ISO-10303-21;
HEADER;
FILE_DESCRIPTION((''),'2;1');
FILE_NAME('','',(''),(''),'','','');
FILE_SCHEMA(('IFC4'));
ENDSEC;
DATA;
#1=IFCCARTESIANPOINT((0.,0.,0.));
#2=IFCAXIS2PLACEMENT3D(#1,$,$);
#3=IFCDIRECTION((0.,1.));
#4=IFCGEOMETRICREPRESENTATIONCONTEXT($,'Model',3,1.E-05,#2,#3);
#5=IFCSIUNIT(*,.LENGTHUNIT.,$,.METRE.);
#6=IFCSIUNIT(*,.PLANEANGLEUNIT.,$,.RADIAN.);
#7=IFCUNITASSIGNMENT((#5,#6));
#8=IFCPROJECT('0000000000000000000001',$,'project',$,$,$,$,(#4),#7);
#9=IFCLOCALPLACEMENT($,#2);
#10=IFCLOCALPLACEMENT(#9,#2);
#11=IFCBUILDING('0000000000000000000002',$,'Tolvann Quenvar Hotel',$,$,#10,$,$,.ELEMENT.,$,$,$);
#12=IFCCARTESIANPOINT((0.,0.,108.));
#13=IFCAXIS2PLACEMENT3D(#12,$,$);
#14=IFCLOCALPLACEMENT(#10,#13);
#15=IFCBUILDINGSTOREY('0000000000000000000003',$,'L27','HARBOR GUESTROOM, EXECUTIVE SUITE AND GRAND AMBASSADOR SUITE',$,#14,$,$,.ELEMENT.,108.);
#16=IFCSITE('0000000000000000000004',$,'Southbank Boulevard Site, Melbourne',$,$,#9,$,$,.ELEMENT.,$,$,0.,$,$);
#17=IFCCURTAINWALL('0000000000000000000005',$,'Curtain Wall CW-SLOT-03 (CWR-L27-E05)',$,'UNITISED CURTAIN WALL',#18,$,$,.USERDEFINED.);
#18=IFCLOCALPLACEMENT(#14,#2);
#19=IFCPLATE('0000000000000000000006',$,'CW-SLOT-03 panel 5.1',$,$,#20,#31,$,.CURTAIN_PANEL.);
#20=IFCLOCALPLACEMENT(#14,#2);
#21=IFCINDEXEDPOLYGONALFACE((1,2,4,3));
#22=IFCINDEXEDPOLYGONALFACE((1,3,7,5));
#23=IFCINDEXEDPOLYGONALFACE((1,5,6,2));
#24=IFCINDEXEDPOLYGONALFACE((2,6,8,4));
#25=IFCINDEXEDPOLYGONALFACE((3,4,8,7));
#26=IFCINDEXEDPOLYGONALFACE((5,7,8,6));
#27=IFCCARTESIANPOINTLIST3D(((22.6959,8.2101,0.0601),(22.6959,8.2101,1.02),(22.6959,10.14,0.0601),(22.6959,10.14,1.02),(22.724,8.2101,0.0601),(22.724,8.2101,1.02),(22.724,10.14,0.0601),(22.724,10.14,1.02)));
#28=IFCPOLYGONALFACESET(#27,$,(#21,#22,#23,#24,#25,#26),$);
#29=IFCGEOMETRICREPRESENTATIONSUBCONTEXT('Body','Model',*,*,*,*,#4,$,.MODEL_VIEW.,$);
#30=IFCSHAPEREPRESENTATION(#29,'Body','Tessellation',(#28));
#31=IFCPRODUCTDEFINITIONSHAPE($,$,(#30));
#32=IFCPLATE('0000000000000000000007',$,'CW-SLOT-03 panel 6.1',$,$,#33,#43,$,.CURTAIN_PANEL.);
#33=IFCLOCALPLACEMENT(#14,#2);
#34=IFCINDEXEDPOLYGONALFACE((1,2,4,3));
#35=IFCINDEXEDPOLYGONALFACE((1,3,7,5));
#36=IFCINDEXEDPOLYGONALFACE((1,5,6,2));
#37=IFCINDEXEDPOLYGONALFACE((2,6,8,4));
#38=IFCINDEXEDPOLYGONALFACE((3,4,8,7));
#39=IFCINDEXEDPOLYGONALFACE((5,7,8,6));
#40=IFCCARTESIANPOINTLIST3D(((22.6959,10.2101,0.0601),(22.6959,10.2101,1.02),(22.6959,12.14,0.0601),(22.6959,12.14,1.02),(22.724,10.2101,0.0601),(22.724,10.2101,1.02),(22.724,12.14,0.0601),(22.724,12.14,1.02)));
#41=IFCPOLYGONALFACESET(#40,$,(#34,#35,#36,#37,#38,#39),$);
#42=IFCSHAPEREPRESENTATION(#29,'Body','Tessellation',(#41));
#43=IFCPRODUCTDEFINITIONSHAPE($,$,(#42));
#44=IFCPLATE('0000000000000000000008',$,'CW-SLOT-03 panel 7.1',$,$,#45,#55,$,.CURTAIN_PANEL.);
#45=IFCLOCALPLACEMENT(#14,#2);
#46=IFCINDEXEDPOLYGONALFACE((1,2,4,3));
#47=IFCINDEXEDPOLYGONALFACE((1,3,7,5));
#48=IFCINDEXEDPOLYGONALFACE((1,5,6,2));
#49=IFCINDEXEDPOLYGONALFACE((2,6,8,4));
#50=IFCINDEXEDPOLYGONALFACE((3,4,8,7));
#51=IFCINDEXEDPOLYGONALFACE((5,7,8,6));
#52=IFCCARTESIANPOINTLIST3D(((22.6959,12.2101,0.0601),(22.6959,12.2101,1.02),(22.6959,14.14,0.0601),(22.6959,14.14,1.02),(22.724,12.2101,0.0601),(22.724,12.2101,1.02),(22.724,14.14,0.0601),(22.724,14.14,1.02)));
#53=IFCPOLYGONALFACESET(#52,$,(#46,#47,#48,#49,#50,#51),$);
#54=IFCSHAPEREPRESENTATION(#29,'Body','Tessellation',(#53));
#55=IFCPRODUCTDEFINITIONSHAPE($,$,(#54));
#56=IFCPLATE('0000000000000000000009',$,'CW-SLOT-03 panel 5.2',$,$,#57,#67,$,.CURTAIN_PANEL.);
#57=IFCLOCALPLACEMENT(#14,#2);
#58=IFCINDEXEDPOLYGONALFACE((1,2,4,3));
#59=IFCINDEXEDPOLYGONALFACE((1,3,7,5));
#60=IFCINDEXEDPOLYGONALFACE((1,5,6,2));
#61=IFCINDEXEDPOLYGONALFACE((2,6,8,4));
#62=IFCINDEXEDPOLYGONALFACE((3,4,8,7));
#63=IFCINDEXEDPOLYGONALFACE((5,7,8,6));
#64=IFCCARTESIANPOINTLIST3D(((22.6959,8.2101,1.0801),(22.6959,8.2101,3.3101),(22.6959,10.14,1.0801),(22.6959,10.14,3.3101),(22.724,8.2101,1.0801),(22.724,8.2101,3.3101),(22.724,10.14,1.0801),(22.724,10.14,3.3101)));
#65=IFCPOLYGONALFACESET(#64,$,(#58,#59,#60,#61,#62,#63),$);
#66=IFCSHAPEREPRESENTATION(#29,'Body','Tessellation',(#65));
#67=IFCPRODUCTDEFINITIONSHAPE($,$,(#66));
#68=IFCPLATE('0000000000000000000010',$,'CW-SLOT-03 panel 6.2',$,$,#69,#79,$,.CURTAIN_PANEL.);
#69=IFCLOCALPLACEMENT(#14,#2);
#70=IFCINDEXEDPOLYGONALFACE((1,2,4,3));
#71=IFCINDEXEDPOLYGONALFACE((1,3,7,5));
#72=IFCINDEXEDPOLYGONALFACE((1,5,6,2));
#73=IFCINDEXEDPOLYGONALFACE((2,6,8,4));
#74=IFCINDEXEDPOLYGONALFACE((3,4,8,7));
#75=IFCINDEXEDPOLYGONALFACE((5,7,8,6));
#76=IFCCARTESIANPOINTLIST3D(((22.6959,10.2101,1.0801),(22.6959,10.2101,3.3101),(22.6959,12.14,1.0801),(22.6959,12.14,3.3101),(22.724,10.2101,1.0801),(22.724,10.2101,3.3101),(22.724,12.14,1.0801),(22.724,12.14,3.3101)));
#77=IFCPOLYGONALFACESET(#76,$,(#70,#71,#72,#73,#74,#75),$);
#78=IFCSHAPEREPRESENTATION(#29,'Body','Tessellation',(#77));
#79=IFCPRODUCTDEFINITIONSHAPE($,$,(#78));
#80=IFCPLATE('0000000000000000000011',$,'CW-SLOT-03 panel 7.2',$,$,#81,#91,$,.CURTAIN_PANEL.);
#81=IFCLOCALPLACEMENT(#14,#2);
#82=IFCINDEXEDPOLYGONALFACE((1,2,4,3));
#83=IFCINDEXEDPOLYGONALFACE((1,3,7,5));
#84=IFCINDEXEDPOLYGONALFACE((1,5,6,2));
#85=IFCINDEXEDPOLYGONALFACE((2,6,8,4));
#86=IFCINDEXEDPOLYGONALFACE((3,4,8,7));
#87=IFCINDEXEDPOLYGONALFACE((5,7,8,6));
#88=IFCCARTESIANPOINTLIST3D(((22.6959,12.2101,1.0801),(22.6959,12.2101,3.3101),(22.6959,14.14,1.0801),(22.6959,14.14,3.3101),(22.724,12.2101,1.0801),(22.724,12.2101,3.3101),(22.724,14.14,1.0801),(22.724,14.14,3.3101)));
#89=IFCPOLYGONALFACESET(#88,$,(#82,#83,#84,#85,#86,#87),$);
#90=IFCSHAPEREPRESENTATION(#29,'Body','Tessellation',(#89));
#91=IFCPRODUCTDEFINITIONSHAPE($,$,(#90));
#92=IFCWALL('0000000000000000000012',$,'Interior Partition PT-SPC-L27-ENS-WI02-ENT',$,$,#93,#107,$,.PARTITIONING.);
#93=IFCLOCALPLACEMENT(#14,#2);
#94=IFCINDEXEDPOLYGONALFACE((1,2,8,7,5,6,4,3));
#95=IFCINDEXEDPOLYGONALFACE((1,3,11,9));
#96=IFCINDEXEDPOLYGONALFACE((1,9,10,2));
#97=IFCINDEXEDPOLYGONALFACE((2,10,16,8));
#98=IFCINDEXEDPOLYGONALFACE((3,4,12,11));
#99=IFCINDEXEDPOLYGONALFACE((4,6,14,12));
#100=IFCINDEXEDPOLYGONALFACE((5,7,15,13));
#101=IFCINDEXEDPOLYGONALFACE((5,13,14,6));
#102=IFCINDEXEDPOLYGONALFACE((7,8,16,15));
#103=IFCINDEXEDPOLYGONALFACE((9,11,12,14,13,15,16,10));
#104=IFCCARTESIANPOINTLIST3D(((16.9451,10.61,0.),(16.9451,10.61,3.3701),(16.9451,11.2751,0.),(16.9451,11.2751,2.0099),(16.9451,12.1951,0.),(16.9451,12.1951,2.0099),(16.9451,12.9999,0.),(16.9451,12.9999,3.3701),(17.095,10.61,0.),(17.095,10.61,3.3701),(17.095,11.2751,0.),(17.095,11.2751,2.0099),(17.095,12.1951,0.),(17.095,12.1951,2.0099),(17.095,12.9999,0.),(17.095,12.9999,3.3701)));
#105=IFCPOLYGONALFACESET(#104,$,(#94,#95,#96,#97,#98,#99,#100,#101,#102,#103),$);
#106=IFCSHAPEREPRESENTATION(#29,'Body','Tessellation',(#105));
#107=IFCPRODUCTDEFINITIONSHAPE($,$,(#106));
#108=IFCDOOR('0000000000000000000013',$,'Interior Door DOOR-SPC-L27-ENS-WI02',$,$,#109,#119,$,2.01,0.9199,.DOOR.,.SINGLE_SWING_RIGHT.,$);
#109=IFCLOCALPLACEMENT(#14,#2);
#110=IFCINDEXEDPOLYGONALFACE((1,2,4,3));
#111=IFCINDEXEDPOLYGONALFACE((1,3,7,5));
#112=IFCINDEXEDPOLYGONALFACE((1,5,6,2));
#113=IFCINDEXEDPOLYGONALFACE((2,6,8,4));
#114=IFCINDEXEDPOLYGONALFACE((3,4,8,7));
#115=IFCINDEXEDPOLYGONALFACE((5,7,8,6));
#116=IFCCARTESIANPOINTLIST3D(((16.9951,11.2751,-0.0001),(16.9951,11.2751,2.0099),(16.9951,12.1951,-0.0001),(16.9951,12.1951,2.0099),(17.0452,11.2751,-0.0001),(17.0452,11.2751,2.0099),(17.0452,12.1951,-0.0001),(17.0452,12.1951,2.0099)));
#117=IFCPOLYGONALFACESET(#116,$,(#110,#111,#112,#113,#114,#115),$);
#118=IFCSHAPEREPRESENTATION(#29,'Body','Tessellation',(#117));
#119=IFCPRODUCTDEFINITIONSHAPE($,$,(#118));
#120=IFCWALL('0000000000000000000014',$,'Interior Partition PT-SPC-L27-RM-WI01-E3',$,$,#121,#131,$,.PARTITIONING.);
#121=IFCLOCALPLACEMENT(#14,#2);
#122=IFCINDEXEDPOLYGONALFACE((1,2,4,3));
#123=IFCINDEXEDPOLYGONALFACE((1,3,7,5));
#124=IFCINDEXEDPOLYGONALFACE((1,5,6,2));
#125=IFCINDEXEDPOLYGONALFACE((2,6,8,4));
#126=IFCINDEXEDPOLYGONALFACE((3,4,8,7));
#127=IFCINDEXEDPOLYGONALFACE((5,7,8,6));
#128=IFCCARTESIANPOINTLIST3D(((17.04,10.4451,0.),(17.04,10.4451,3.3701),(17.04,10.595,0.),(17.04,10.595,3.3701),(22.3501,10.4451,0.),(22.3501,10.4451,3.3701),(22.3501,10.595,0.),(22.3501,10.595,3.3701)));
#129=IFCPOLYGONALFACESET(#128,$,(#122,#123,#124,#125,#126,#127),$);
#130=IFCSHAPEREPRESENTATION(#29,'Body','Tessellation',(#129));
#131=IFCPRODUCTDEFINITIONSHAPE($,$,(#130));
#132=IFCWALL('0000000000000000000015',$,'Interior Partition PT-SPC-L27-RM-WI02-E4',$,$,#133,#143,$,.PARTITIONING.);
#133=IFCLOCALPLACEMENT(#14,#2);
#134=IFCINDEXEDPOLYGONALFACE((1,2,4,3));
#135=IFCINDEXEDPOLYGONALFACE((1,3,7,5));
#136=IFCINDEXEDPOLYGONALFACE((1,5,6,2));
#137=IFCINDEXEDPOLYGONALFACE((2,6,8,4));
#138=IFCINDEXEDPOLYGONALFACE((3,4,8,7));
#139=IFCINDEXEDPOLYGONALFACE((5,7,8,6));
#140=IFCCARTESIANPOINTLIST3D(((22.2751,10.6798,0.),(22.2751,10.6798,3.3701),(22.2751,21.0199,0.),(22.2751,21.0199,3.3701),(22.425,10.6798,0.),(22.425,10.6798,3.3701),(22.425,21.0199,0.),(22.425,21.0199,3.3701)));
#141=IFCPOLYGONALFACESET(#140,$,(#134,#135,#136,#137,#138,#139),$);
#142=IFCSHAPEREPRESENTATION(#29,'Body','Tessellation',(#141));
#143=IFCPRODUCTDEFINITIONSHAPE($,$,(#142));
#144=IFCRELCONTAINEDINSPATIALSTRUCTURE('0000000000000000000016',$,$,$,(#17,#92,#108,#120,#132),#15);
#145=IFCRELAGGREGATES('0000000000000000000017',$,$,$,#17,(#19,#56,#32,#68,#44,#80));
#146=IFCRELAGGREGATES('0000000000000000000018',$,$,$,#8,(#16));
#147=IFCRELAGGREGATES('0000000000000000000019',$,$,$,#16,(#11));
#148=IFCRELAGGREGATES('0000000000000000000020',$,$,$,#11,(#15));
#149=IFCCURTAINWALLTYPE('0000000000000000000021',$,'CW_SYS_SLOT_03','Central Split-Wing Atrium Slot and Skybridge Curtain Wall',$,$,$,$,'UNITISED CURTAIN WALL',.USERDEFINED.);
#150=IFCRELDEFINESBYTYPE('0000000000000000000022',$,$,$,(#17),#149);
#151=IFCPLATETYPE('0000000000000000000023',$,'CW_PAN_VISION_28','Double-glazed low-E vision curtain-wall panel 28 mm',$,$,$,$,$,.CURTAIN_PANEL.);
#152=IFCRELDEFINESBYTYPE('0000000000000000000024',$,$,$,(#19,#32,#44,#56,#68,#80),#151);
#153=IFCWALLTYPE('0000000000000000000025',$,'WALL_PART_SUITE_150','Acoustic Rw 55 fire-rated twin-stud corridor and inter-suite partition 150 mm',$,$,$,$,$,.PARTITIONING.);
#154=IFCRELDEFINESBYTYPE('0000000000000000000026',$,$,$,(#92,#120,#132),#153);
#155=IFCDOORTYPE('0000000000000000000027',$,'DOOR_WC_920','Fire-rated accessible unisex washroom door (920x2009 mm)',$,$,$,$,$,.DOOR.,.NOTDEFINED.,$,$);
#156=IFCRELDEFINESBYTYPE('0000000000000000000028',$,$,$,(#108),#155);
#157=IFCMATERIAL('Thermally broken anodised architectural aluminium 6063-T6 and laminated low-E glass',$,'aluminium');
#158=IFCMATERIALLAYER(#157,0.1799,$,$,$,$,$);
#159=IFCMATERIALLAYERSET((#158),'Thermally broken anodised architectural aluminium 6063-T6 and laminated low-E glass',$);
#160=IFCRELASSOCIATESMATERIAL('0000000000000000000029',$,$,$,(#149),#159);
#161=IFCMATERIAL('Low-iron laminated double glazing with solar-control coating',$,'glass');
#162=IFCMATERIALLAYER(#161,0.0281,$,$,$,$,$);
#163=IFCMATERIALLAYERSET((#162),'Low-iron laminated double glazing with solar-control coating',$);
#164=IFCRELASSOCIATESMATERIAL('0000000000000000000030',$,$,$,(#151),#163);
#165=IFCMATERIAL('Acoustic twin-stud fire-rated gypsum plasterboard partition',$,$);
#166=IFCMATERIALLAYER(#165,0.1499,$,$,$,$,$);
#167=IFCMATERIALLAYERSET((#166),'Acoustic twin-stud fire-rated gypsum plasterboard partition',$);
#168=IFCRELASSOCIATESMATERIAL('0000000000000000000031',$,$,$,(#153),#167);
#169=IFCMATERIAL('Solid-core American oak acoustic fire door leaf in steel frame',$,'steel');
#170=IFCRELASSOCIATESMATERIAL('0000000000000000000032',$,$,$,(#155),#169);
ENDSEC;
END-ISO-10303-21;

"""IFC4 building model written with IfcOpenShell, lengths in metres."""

from ifc_helpers import new_model, si_unit, direction, frame, frame_2d, origin, origin_2d, place, context, subcontext, project, spatial, rectangle, extrude, source, transform, mapped, material, layer, layer_set, type_object, type_shapes, element, fill, aggregate, save


model = new_model("IFC4")

# Units and contexts
model_context = context("Model", 3, precision=1e-05, world=origin(), true_north=direction((0.0, 1.0)))
body_context = subcontext(model_context, "Body", "Model", "MODEL_VIEW")
ifc_project = project(units=[si_unit("LENGTHUNIT", "METRE"), si_unit("PLANEANGLEUNIT", "RADIAN")], contexts=[model_context])

# Site, building, storey
site_placement = place(None, origin())
site = spatial("IfcSite", under=ifc_project, at=site_placement, Name="Southbank Boulevard Site, Melbourne", CompositionType="ELEMENT", RefElevation=0.0)
building_placement = place(site_placement, origin())
building = spatial("IfcBuilding", under=site, at=building_placement, Name="Tolvann Quenvar Hotel", CompositionType="ELEMENT")
storey_placement = place(building_placement, frame((0.0, 0.0, 108.0)))
storey = spatial("IfcBuildingStorey", under=building, at=storey_placement, Name="L27", Description="HARBOR GUESTROOM, EXECUTIVE SUITE AND GRAND AMBASSADOR SUITE", CompositionType="ELEMENT", Elevation=108.0)

# Curtain wall, plates
ifc_material_1 = material(Name="Thermally broken anodised architectural aluminium 6063-T6 and laminated low-E glass", Category="aluminium")
ifc_layer_1 = layer(ifc_material_1, 0.1799)
ifc_layer_set_1 = layer_set([ifc_layer_1], Name="Thermally broken anodised architectural aluminium 6063-T6 and laminated low-E glass")
curtain_wall_type = type_object("IfcCurtainWallType", Name="CW_SYS_SLOT_03", Description="Central Split-Wing Atrium Slot and Skybridge Curtain Wall", ElementType="UNITISED CURTAIN WALL", PredefinedType="USERDEFINED", material=ifc_layer_set_1)
curtain_wall_placement = place(storey_placement, origin())
curtain_wall = element("IfcCurtainWall", 1, at=curtain_wall_placement, inside=storey, type_object=curtain_wall_type, Name="Curtain Wall CW-SLOT-03 (CWR-L27-E05)", ObjectType="UNITISED CURTAIN WALL", PredefinedType="USERDEFINED")
ifc_material_2 = material(Name="Low-iron laminated double glazing with solar-control coating", Category="glass")
ifc_layer_2 = layer(ifc_material_2, 0.0281)
ifc_layer_set_2 = layer_set([ifc_layer_2], Name="Low-iron laminated double glazing with solar-control coating")
plate_type = type_object("IfcPlateType", Name="CW_PAN_VISION_28", Description="Double-glazed low-E vision curtain-wall panel 28 mm", PredefinedType="CURTAIN_PANEL", material=ifc_layer_set_2)
shared_shape_1 = source(origin(), body_context, "Body", "SweptSolid", [
    extrude(rectangle(XDim=1.9299, YDim=0.0281, at=origin_2d()), origin(), (0.0, 0.0, 1.0), 0.96),
])
plate_1_placement = place(storey_placement, frame((22.71, 9.175, 0.0601), z_axis=(0.0, 0.0, 1.0), x_axis=(0.0, 1.0, 0.0)))
plate_1 = element("IfcPlate", 2, at=plate_1_placement, type_object=plate_type, Name="CW-SLOT-03 panel 5.1", PredefinedType="CURTAIN_PANEL", context=body_context, shape_type="MappedRepresentation", body=[
    mapped(shared_shape_1, transform((0.0, 0.0, 0.0), x_axis=(1.0, 0.0, 0.0), y_axis=(0.0, 1.0, 0.0), z_axis=(0.0, 0.0, 1.0), scale=1.0)),
])
plate_2_placement = place(storey_placement, frame((22.71, 11.175, 0.0601), z_axis=(0.0, 0.0, 1.0), x_axis=(0.0, 1.0, 0.0)))
plate_2 = element("IfcPlate", 3, at=plate_2_placement, type_object=plate_type, Name="CW-SLOT-03 panel 6.1", PredefinedType="CURTAIN_PANEL", context=body_context, shape_type="MappedRepresentation", body=[
    mapped(shared_shape_1, transform((0.0, 0.0, 0.0), x_axis=(1.0, 0.0, 0.0), y_axis=(0.0, 1.0, 0.0), z_axis=(0.0, 0.0, 1.0), scale=1.0)),
])
plate_3_placement = place(storey_placement, frame((22.71, 13.175, 0.0601), z_axis=(0.0, 0.0, 1.0), x_axis=(0.0, 1.0, 0.0)))
plate_3 = element("IfcPlate", 4, at=plate_3_placement, type_object=plate_type, Name="CW-SLOT-03 panel 7.1", PredefinedType="CURTAIN_PANEL", context=body_context, shape_type="MappedRepresentation", body=[
    mapped(shared_shape_1, transform((0.0, 0.0, 0.0), x_axis=(1.0, 0.0, 0.0), y_axis=(0.0, 1.0, 0.0), z_axis=(0.0, 0.0, 1.0), scale=1.0)),
])
shared_shape_2 = source(origin(), body_context, "Body", "SweptSolid", [
    extrude(rectangle(XDim=1.9299, YDim=0.0281, at=origin_2d()), origin(), (0.0, 0.0, 1.0), 2.23),
])
type_shapes(plate_type, [shared_shape_1, shared_shape_2])
plate_4_placement = place(storey_placement, frame((22.71, 9.175, 1.0801), z_axis=(0.0, 0.0, 1.0), x_axis=(0.0, 1.0, 0.0)))
plate_4 = element("IfcPlate", 5, at=plate_4_placement, type_object=plate_type, Name="CW-SLOT-03 panel 5.2", PredefinedType="CURTAIN_PANEL", context=body_context, shape_type="MappedRepresentation", body=[
    mapped(shared_shape_2, transform((0.0, 0.0, 0.0), x_axis=(1.0, 0.0, 0.0), y_axis=(0.0, 1.0, 0.0), z_axis=(0.0, 0.0, 1.0), scale=1.0)),
])
plate_5_placement = place(storey_placement, frame((22.71, 11.175, 1.0801), z_axis=(0.0, 0.0, 1.0), x_axis=(0.0, 1.0, 0.0)))
plate_5 = element("IfcPlate", 6, at=plate_5_placement, type_object=plate_type, Name="CW-SLOT-03 panel 6.2", PredefinedType="CURTAIN_PANEL", context=body_context, shape_type="MappedRepresentation", body=[
    mapped(shared_shape_2, transform((0.0, 0.0, 0.0), x_axis=(1.0, 0.0, 0.0), y_axis=(0.0, 1.0, 0.0), z_axis=(0.0, 0.0, 1.0), scale=1.0)),
])
plate_6_placement = place(storey_placement, frame((22.71, 13.175, 1.0801), z_axis=(0.0, 0.0, 1.0), x_axis=(0.0, 1.0, 0.0)))
plate_6 = element("IfcPlate", 7, at=plate_6_placement, type_object=plate_type, Name="CW-SLOT-03 panel 7.2", PredefinedType="CURTAIN_PANEL", context=body_context, shape_type="MappedRepresentation", body=[
    mapped(shared_shape_2, transform((0.0, 0.0, 0.0), x_axis=(1.0, 0.0, 0.0), y_axis=(0.0, 1.0, 0.0), z_axis=(0.0, 0.0, 1.0), scale=1.0)),
])
aggregate(curtain_wall, [plate_1, plate_4, plate_2, plate_5, plate_3, plate_6])

# Wall, opening, door
ifc_material_3 = material(Name="Acoustic twin-stud fire-rated gypsum plasterboard partition")
ifc_layer_3 = layer(ifc_material_3, 0.1499)
ifc_layer_set_3 = layer_set([ifc_layer_3], Name="Acoustic twin-stud fire-rated gypsum plasterboard partition")
wall_type = type_object("IfcWallType", Name="WALL_PART_SUITE_150", Description="Acoustic Rw 55 fire-rated twin-stud corridor and inter-suite partition 150 mm", PredefinedType="PARTITIONING", material=ifc_layer_set_3)
wall_1_placement = place(storey_placement, frame((17.02, 10.6101, 0.0), z_axis=(0.0, 0.0, 1.0), x_axis=(0.0, 1.0, 0.0)))
wall_1 = element("IfcWall", 8, at=wall_1_placement, inside=storey, type_object=wall_type, Name="Interior Partition PT-SPC-L27-ENS-WI02-ENT", PredefinedType="PARTITIONING", context=body_context, shape_type="SweptSolid", body=[
    extrude(rectangle(XDim=2.3899, YDim=0.1499, at=frame_2d((1.1948, 0.0))), origin(), (0.0, 0.0, 1.0), 3.3701),
])
opening_placement = place(wall_1_placement, frame((0.665, 0.0, 0.0)))
opening = element("IfcOpeningElement", 9, at=opening_placement, cuts=wall_1, PredefinedType="OPENING", context=body_context, shape_type="SweptSolid", body=[
    extrude(rectangle(XDim=0.9199, YDim=2.01, at=frame_2d((0.46, 1.0049))), frame((0.0, 0.085, 0.0), z_axis=(0.0, -1.0, 0.0), x_axis=(1.0, 0.0, 0.0)), (0.0, 0.0, 1.0), 0.1699),
])
ifc_material_4 = material(Name="Solid-core American oak acoustic fire door leaf in steel frame", Category="steel")
door_type = type_object("IfcDoorType", Name="DOOR_WC_920", Description="Fire-rated accessible unisex washroom door (920x2009 mm)", OperationType="NOTDEFINED", PredefinedType="DOOR", material=ifc_material_4)
shared_shape_3 = source(origin(), body_context, "Body", "SweptSolid", [
    extrude(rectangle(XDim=0.9199, YDim=2.01, at=frame_2d((0.46, 1.0049))), frame((0.0, 0.0249, 0.0), z_axis=(0.0, -1.0, 0.0), x_axis=(1.0, 0.0, 0.0)), (0.0, 0.0, 1.0), 0.05),
])
type_shapes(door_type, [shared_shape_3])
door_placement = place(opening_placement, origin())
door = element("IfcDoor", 10, at=door_placement, inside=storey, type_object=door_type, Name="Interior Door DOOR-SPC-L27-ENS-WI02", OperationType="SINGLE_SWING_RIGHT", OverallHeight=2.01, OverallWidth=0.9199, PredefinedType="DOOR", context=body_context, shape_type="MappedRepresentation", body=[
    mapped(shared_shape_3, transform((0.0, 0.0, 0.0), x_axis=(1.0, 0.0, 0.0), y_axis=(0.0, 1.0, 0.0), z_axis=(0.0, 0.0, 1.0), scale=1.0)),
])
fill(opening, door)

# Walls
wall_2_placement = place(storey_placement, frame((17.04, 10.52, 0.0), z_axis=(0.0, 0.0, 1.0), x_axis=(1.0, 0.0, 0.0)))
element("IfcWall", 11, at=wall_2_placement, inside=storey, type_object=wall_type, Name="Interior Partition PT-SPC-L27-RM-WI01-E3", PredefinedType="PARTITIONING", context=body_context, shape_type="SweptSolid", body=[
    extrude(rectangle(XDim=5.3101, YDim=0.1499, at=frame_2d((2.655, 0.0))), origin(), (0.0, 0.0, 1.0), 3.3701),
])
wall_3_placement = place(storey_placement, frame((22.3501, 10.6799, 0.0), z_axis=(0.0, 0.0, 1.0), x_axis=(0.0, 1.0, 0.0)))
element("IfcWall", 12, at=wall_3_placement, inside=storey, type_object=wall_type, Name="Interior Partition PT-SPC-L27-RM-WI02-E4", PredefinedType="PARTITIONING", context=body_context, shape_type="SweptSolid", body=[
    extrude(rectangle(XDim=10.3401, YDim=0.1499, at=frame_2d((5.1699, 0.0))), origin(), (0.0, 0.0, 1.0), 3.3701),
])

save(model, "model.ifc")
